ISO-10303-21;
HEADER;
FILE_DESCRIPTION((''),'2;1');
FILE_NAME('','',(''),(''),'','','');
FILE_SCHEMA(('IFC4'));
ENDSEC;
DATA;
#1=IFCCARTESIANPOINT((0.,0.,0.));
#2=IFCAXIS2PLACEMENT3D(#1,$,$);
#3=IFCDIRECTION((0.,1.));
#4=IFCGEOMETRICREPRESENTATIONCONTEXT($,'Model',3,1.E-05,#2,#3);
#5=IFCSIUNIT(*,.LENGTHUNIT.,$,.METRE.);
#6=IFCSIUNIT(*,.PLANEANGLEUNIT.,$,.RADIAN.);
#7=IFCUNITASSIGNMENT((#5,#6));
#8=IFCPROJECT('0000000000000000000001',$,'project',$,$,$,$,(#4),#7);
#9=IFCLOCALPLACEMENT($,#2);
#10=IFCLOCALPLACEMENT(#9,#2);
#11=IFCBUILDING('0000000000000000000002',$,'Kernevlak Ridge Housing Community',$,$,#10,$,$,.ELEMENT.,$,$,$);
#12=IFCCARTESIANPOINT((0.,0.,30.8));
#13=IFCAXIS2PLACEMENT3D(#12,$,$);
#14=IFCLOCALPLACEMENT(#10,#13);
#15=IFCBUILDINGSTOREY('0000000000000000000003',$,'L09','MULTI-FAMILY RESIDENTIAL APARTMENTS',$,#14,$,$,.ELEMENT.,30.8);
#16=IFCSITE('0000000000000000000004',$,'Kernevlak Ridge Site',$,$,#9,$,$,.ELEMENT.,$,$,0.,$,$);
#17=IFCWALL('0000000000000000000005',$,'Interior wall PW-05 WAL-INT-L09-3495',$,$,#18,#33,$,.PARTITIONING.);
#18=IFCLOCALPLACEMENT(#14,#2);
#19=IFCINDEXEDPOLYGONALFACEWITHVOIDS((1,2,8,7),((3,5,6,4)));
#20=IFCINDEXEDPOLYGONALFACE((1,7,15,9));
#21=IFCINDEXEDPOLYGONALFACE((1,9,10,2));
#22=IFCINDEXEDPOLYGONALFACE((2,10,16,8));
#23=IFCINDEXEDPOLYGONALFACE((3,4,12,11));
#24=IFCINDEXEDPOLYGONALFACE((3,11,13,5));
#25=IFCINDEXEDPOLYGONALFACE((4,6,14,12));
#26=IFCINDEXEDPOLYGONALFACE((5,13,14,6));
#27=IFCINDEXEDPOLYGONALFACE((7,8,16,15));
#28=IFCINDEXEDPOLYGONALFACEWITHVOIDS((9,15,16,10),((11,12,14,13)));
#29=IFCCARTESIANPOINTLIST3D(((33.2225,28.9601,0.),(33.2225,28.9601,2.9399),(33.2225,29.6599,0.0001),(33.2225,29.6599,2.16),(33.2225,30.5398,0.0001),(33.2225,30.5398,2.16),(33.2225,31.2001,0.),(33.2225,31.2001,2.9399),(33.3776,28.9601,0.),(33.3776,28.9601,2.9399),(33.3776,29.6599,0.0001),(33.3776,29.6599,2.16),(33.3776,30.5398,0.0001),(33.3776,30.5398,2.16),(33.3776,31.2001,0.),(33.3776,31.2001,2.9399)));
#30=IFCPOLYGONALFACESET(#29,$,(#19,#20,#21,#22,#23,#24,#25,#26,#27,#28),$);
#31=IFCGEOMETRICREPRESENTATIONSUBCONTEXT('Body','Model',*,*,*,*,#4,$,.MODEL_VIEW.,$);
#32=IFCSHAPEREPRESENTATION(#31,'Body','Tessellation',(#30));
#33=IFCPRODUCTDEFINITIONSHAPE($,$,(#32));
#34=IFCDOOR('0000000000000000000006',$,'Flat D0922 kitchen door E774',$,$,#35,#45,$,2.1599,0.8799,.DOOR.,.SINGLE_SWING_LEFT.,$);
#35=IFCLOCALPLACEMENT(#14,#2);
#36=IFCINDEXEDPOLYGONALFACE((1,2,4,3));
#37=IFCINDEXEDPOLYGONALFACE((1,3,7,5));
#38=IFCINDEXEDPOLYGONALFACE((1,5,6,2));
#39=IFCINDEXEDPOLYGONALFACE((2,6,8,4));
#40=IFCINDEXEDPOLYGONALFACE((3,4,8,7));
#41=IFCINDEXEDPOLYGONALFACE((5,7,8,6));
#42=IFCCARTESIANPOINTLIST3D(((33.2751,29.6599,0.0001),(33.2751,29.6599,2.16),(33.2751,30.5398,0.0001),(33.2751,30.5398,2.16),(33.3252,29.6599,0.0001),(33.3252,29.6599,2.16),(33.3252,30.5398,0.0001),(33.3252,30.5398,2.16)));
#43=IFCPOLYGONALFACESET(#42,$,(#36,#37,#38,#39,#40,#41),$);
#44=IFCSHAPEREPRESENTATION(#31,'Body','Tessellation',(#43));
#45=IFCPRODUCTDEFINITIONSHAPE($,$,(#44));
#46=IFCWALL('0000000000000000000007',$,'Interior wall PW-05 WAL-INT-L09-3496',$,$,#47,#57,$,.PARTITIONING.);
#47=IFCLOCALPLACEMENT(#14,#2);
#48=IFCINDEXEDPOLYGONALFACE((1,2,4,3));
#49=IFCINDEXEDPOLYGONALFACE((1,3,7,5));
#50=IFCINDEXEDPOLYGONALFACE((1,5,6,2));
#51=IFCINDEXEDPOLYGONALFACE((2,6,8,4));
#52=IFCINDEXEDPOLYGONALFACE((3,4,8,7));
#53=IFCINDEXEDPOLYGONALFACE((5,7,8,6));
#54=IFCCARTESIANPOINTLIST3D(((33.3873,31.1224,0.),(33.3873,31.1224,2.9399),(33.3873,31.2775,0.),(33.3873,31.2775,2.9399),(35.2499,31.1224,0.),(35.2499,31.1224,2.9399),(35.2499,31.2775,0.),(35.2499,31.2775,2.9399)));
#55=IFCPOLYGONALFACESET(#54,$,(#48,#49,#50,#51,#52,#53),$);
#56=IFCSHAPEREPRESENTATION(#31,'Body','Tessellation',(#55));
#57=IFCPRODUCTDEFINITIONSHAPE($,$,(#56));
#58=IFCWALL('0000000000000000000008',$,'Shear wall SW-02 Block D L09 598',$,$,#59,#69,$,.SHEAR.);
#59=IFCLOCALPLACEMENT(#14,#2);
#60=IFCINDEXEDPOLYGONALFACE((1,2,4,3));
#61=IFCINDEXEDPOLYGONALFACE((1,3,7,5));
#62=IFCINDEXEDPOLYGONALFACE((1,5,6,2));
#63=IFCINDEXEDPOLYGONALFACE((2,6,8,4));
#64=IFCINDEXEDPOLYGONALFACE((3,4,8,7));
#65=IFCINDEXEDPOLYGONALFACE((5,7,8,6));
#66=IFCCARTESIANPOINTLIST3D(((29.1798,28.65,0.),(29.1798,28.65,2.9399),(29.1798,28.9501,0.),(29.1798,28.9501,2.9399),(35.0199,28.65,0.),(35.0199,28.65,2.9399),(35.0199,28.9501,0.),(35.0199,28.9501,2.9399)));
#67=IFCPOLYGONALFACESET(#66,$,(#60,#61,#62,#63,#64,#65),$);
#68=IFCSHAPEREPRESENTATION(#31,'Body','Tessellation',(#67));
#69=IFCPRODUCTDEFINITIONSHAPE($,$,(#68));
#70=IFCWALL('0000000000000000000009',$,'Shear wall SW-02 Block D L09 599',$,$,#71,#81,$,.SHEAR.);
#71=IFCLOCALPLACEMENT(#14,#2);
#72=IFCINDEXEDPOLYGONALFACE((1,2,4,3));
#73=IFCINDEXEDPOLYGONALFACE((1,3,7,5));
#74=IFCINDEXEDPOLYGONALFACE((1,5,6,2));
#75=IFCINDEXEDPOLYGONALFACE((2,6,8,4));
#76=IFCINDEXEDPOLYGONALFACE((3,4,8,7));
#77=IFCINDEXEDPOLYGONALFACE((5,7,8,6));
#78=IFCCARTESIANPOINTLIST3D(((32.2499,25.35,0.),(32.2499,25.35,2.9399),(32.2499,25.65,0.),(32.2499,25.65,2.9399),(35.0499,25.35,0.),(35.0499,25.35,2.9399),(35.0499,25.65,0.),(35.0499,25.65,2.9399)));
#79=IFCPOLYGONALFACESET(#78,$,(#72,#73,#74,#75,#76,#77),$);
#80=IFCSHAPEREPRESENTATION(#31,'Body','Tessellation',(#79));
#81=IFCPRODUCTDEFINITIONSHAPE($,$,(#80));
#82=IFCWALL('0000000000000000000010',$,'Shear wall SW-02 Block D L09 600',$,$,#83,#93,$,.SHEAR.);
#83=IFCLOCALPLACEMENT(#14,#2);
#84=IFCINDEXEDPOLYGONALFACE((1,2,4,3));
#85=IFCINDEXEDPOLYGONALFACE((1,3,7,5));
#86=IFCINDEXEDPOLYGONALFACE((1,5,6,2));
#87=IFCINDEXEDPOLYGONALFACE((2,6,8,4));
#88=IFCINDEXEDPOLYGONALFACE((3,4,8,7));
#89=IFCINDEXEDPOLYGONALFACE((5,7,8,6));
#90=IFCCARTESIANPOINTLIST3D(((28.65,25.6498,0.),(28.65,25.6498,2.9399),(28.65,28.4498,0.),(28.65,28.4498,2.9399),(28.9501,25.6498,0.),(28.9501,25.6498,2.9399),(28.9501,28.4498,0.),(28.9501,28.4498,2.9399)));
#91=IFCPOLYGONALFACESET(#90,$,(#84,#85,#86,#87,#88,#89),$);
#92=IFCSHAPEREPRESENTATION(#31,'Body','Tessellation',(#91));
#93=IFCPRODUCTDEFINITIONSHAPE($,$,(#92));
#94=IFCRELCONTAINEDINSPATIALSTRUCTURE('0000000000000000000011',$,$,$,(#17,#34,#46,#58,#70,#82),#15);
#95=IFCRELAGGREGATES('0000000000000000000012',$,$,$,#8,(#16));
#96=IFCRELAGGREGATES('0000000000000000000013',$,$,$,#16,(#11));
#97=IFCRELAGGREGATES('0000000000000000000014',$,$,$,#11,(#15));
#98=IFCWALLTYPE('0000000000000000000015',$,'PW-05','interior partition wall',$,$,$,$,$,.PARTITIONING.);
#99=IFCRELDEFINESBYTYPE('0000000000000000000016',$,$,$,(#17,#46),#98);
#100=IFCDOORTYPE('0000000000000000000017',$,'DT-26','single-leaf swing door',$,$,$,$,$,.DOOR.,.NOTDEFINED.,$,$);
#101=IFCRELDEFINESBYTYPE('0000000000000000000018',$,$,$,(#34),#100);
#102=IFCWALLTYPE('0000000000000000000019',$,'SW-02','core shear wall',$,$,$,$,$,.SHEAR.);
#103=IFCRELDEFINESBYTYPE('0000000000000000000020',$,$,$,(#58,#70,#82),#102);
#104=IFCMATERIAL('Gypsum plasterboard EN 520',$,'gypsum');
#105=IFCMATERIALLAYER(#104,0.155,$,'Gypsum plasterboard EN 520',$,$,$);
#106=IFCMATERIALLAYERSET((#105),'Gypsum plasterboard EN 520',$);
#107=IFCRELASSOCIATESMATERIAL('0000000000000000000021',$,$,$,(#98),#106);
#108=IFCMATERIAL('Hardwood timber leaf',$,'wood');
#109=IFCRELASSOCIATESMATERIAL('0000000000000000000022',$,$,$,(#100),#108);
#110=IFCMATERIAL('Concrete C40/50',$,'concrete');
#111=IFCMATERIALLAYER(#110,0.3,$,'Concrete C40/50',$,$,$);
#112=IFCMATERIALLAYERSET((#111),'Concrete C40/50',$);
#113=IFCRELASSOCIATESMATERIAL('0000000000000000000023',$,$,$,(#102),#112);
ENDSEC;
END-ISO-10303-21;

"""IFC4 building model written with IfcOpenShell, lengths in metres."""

from ifc_helpers import new_model, si_unit, direction, frame, frame_2d, origin, place, context, subcontext, project, spatial, rectangle, extrude, material, layer, layer_set, type_object, element, fill, save


model = new_model("IFC4")

# Units and contexts
model_context = context("Model", 3, precision=1e-05, world=origin(), true_north=direction((0.0, 1.0)))
body_context = subcontext(model_context, "Body", "Model", "MODEL_VIEW")
ifc_project = project(units=[si_unit("LENGTHUNIT", "METRE"), si_unit("PLANEANGLEUNIT", "RADIAN")], contexts=[model_context])

# Site, building, storey
site_placement = place(None, origin())
site = spatial("IfcSite", under=ifc_project, at=site_placement, Name="Kernevlak Ridge Site", CompositionType="ELEMENT", RefElevation=0.0)
building_placement = place(site_placement, origin())
building = spatial("IfcBuilding", under=site, at=building_placement, Name="Kernevlak Ridge Housing Community", CompositionType="ELEMENT")
storey_placement = place(building_placement, frame((0.0, 0.0, 30.8)))
storey = spatial("IfcBuildingStorey", under=building, at=storey_placement, Name="L09", Description="MULTI-FAMILY RESIDENTIAL APARTMENTS", CompositionType="ELEMENT", Elevation=30.8)

# Wall, opening, door
ifc_material_1 = material(Name="Gypsum plasterboard EN 520", Category="gypsum")
ifc_layer_1 = layer(ifc_material_1, 0.155, Name="Gypsum plasterboard EN 520")
ifc_layer_set_1 = layer_set([ifc_layer_1], Name="Gypsum plasterboard EN 520")
wall_type_1 = type_object("IfcWallType", Name="PW-05", Description="interior partition wall", PredefinedType="PARTITIONING", material=ifc_layer_set_1)
wall_1_placement = place(storey_placement, frame((33.3, 28.96, 0.0), z_axis=(0.0, 0.0, 1.0), x_axis=(0.0, 1.0, 0.0)))
wall_1 = element("IfcWall", 1, at=wall_1_placement, inside=storey, type_object=wall_type_1, Name="Interior wall PW-05 WAL-INT-L09-3495", PredefinedType="PARTITIONING", context=body_context, shape_type="SweptSolid", body=[
    extrude(rectangle(XDim=2.24, YDim=0.155, at=frame_2d((1.1201, 0.0))), origin(), (0.0, 0.0, 1.0), 2.9399),
])
opening_1_placement = place(wall_1_placement, frame((0.7, 0.0, 0.0)))
opening_1 = element("IfcOpeningElement", 2, at=opening_1_placement, cuts=wall_1, PredefinedType="OPENING", context=body_context, shape_type="SweptSolid", body=[
    extrude(rectangle(XDim=0.8799, YDim=2.1599, at=frame_2d((0.4399, 1.0801))), frame((0.0, 0.0874, 0.0), z_axis=(0.0, -1.0, 0.0), x_axis=(1.0, 0.0, 0.0)), (0.0, 0.0, 1.0), 0.175),
])
ifc_material_2 = material(Name="Hardwood timber leaf", Category="wood")
door_type_1 = type_object("IfcDoorType", Name="DT-26", Description="single-leaf swing door", OperationType="NOTDEFINED", PredefinedType="DOOR", material=ifc_material_2)
door_1_placement = place(opening_1_placement, origin())
door_1 = element("IfcDoor", 3, at=door_1_placement, inside=storey, type_object=door_type_1, Name="Flat D0922 kitchen door E774", OperationType="SINGLE_SWING_LEFT", OverallHeight=2.1599, OverallWidth=0.8799, PredefinedType="DOOR", context=body_context, shape_type="SweptSolid", body=[
    extrude(rectangle(XDim=0.8799, YDim=2.1599, at=frame_2d((0.4399, 1.0801))), frame((0.0, 0.0249, 0.0), z_axis=(0.0, -1.0, 0.0), x_axis=(1.0, 0.0, 0.0)), (0.0, 0.0, 1.0), 0.05),
])
fill(opening_1, door_1)

# Walls
wall_2_placement = place(storey_placement, frame((33.3875, 31.2, 0.0), z_axis=(0.0, 0.0, 1.0), x_axis=(1.0, 0.0, 0.0)))
element("IfcWall", 4, at=wall_2_placement, inside=storey, type_object=wall_type_1, Name="Interior wall PW-05 WAL-INT-L09-3496", PredefinedType="PARTITIONING", context=body_context, shape_type="SweptSolid", body=[
    extrude(rectangle(XDim=1.8625, YDim=0.155, at=frame_2d((0.9312, 0.0))), origin(), (0.0, 0.0, 1.0), 2.9399),
])
ifc_material_3 = material(Name="Concrete C40/50", Category="concrete")
ifc_layer_2 = layer(ifc_material_3, 0.3, Name="Concrete C40/50")
ifc_layer_set_2 = layer_set([ifc_layer_2], Name="Concrete C40/50")
wall_type_2 = type_object("IfcWallType", Name="SW-02", Description="core shear wall", PredefinedType="SHEAR", material=ifc_layer_set_2)
wall_3_placement = place(storey_placement, frame((29.1799, 28.8, 0.0), z_axis=(0.0, 0.0, 1.0), x_axis=(1.0, 0.0, 0.0)))
element("IfcWall", 5, at=wall_3_placement, inside=storey, type_object=wall_type_2, Name="Shear wall SW-02 Block D L09 598", PredefinedType="SHEAR", context=body_context, shape_type="SweptSolid", body=[
    extrude(rectangle(XDim=5.8401, YDim=0.3, at=frame_2d((2.9199, 0.0))), origin(), (0.0, 0.0, 1.0), 2.9399),
])
for number, where, z_axis, x_axis, name in (
    (6, (32.25, 25.5, 0.0), (0.0, 0.0, 1.0), (1.0, 0.0, 0.0), "Shear wall SW-02 Block D L09 599"),
    (7, (28.8, 25.6499, 0.0), (0.0, 0.0, 1.0), (0.0, 1.0, 0.0), "Shear wall SW-02 Block D L09 600"),
):
    element("IfcWall", number, at=place(storey_placement, frame(where, z_axis=z_axis, x_axis=x_axis)), inside=storey, type_object=wall_type_2, Name=name, PredefinedType="SHEAR", context=body_context, shape_type="SweptSolid", body=[
        extrude(rectangle(XDim=2.8, YDim=0.3, at=frame_2d((1.3999, 0.0))), origin(), (0.0, 0.0, 1.0), 2.9399),
    ])

save(model, "model.ifc")
